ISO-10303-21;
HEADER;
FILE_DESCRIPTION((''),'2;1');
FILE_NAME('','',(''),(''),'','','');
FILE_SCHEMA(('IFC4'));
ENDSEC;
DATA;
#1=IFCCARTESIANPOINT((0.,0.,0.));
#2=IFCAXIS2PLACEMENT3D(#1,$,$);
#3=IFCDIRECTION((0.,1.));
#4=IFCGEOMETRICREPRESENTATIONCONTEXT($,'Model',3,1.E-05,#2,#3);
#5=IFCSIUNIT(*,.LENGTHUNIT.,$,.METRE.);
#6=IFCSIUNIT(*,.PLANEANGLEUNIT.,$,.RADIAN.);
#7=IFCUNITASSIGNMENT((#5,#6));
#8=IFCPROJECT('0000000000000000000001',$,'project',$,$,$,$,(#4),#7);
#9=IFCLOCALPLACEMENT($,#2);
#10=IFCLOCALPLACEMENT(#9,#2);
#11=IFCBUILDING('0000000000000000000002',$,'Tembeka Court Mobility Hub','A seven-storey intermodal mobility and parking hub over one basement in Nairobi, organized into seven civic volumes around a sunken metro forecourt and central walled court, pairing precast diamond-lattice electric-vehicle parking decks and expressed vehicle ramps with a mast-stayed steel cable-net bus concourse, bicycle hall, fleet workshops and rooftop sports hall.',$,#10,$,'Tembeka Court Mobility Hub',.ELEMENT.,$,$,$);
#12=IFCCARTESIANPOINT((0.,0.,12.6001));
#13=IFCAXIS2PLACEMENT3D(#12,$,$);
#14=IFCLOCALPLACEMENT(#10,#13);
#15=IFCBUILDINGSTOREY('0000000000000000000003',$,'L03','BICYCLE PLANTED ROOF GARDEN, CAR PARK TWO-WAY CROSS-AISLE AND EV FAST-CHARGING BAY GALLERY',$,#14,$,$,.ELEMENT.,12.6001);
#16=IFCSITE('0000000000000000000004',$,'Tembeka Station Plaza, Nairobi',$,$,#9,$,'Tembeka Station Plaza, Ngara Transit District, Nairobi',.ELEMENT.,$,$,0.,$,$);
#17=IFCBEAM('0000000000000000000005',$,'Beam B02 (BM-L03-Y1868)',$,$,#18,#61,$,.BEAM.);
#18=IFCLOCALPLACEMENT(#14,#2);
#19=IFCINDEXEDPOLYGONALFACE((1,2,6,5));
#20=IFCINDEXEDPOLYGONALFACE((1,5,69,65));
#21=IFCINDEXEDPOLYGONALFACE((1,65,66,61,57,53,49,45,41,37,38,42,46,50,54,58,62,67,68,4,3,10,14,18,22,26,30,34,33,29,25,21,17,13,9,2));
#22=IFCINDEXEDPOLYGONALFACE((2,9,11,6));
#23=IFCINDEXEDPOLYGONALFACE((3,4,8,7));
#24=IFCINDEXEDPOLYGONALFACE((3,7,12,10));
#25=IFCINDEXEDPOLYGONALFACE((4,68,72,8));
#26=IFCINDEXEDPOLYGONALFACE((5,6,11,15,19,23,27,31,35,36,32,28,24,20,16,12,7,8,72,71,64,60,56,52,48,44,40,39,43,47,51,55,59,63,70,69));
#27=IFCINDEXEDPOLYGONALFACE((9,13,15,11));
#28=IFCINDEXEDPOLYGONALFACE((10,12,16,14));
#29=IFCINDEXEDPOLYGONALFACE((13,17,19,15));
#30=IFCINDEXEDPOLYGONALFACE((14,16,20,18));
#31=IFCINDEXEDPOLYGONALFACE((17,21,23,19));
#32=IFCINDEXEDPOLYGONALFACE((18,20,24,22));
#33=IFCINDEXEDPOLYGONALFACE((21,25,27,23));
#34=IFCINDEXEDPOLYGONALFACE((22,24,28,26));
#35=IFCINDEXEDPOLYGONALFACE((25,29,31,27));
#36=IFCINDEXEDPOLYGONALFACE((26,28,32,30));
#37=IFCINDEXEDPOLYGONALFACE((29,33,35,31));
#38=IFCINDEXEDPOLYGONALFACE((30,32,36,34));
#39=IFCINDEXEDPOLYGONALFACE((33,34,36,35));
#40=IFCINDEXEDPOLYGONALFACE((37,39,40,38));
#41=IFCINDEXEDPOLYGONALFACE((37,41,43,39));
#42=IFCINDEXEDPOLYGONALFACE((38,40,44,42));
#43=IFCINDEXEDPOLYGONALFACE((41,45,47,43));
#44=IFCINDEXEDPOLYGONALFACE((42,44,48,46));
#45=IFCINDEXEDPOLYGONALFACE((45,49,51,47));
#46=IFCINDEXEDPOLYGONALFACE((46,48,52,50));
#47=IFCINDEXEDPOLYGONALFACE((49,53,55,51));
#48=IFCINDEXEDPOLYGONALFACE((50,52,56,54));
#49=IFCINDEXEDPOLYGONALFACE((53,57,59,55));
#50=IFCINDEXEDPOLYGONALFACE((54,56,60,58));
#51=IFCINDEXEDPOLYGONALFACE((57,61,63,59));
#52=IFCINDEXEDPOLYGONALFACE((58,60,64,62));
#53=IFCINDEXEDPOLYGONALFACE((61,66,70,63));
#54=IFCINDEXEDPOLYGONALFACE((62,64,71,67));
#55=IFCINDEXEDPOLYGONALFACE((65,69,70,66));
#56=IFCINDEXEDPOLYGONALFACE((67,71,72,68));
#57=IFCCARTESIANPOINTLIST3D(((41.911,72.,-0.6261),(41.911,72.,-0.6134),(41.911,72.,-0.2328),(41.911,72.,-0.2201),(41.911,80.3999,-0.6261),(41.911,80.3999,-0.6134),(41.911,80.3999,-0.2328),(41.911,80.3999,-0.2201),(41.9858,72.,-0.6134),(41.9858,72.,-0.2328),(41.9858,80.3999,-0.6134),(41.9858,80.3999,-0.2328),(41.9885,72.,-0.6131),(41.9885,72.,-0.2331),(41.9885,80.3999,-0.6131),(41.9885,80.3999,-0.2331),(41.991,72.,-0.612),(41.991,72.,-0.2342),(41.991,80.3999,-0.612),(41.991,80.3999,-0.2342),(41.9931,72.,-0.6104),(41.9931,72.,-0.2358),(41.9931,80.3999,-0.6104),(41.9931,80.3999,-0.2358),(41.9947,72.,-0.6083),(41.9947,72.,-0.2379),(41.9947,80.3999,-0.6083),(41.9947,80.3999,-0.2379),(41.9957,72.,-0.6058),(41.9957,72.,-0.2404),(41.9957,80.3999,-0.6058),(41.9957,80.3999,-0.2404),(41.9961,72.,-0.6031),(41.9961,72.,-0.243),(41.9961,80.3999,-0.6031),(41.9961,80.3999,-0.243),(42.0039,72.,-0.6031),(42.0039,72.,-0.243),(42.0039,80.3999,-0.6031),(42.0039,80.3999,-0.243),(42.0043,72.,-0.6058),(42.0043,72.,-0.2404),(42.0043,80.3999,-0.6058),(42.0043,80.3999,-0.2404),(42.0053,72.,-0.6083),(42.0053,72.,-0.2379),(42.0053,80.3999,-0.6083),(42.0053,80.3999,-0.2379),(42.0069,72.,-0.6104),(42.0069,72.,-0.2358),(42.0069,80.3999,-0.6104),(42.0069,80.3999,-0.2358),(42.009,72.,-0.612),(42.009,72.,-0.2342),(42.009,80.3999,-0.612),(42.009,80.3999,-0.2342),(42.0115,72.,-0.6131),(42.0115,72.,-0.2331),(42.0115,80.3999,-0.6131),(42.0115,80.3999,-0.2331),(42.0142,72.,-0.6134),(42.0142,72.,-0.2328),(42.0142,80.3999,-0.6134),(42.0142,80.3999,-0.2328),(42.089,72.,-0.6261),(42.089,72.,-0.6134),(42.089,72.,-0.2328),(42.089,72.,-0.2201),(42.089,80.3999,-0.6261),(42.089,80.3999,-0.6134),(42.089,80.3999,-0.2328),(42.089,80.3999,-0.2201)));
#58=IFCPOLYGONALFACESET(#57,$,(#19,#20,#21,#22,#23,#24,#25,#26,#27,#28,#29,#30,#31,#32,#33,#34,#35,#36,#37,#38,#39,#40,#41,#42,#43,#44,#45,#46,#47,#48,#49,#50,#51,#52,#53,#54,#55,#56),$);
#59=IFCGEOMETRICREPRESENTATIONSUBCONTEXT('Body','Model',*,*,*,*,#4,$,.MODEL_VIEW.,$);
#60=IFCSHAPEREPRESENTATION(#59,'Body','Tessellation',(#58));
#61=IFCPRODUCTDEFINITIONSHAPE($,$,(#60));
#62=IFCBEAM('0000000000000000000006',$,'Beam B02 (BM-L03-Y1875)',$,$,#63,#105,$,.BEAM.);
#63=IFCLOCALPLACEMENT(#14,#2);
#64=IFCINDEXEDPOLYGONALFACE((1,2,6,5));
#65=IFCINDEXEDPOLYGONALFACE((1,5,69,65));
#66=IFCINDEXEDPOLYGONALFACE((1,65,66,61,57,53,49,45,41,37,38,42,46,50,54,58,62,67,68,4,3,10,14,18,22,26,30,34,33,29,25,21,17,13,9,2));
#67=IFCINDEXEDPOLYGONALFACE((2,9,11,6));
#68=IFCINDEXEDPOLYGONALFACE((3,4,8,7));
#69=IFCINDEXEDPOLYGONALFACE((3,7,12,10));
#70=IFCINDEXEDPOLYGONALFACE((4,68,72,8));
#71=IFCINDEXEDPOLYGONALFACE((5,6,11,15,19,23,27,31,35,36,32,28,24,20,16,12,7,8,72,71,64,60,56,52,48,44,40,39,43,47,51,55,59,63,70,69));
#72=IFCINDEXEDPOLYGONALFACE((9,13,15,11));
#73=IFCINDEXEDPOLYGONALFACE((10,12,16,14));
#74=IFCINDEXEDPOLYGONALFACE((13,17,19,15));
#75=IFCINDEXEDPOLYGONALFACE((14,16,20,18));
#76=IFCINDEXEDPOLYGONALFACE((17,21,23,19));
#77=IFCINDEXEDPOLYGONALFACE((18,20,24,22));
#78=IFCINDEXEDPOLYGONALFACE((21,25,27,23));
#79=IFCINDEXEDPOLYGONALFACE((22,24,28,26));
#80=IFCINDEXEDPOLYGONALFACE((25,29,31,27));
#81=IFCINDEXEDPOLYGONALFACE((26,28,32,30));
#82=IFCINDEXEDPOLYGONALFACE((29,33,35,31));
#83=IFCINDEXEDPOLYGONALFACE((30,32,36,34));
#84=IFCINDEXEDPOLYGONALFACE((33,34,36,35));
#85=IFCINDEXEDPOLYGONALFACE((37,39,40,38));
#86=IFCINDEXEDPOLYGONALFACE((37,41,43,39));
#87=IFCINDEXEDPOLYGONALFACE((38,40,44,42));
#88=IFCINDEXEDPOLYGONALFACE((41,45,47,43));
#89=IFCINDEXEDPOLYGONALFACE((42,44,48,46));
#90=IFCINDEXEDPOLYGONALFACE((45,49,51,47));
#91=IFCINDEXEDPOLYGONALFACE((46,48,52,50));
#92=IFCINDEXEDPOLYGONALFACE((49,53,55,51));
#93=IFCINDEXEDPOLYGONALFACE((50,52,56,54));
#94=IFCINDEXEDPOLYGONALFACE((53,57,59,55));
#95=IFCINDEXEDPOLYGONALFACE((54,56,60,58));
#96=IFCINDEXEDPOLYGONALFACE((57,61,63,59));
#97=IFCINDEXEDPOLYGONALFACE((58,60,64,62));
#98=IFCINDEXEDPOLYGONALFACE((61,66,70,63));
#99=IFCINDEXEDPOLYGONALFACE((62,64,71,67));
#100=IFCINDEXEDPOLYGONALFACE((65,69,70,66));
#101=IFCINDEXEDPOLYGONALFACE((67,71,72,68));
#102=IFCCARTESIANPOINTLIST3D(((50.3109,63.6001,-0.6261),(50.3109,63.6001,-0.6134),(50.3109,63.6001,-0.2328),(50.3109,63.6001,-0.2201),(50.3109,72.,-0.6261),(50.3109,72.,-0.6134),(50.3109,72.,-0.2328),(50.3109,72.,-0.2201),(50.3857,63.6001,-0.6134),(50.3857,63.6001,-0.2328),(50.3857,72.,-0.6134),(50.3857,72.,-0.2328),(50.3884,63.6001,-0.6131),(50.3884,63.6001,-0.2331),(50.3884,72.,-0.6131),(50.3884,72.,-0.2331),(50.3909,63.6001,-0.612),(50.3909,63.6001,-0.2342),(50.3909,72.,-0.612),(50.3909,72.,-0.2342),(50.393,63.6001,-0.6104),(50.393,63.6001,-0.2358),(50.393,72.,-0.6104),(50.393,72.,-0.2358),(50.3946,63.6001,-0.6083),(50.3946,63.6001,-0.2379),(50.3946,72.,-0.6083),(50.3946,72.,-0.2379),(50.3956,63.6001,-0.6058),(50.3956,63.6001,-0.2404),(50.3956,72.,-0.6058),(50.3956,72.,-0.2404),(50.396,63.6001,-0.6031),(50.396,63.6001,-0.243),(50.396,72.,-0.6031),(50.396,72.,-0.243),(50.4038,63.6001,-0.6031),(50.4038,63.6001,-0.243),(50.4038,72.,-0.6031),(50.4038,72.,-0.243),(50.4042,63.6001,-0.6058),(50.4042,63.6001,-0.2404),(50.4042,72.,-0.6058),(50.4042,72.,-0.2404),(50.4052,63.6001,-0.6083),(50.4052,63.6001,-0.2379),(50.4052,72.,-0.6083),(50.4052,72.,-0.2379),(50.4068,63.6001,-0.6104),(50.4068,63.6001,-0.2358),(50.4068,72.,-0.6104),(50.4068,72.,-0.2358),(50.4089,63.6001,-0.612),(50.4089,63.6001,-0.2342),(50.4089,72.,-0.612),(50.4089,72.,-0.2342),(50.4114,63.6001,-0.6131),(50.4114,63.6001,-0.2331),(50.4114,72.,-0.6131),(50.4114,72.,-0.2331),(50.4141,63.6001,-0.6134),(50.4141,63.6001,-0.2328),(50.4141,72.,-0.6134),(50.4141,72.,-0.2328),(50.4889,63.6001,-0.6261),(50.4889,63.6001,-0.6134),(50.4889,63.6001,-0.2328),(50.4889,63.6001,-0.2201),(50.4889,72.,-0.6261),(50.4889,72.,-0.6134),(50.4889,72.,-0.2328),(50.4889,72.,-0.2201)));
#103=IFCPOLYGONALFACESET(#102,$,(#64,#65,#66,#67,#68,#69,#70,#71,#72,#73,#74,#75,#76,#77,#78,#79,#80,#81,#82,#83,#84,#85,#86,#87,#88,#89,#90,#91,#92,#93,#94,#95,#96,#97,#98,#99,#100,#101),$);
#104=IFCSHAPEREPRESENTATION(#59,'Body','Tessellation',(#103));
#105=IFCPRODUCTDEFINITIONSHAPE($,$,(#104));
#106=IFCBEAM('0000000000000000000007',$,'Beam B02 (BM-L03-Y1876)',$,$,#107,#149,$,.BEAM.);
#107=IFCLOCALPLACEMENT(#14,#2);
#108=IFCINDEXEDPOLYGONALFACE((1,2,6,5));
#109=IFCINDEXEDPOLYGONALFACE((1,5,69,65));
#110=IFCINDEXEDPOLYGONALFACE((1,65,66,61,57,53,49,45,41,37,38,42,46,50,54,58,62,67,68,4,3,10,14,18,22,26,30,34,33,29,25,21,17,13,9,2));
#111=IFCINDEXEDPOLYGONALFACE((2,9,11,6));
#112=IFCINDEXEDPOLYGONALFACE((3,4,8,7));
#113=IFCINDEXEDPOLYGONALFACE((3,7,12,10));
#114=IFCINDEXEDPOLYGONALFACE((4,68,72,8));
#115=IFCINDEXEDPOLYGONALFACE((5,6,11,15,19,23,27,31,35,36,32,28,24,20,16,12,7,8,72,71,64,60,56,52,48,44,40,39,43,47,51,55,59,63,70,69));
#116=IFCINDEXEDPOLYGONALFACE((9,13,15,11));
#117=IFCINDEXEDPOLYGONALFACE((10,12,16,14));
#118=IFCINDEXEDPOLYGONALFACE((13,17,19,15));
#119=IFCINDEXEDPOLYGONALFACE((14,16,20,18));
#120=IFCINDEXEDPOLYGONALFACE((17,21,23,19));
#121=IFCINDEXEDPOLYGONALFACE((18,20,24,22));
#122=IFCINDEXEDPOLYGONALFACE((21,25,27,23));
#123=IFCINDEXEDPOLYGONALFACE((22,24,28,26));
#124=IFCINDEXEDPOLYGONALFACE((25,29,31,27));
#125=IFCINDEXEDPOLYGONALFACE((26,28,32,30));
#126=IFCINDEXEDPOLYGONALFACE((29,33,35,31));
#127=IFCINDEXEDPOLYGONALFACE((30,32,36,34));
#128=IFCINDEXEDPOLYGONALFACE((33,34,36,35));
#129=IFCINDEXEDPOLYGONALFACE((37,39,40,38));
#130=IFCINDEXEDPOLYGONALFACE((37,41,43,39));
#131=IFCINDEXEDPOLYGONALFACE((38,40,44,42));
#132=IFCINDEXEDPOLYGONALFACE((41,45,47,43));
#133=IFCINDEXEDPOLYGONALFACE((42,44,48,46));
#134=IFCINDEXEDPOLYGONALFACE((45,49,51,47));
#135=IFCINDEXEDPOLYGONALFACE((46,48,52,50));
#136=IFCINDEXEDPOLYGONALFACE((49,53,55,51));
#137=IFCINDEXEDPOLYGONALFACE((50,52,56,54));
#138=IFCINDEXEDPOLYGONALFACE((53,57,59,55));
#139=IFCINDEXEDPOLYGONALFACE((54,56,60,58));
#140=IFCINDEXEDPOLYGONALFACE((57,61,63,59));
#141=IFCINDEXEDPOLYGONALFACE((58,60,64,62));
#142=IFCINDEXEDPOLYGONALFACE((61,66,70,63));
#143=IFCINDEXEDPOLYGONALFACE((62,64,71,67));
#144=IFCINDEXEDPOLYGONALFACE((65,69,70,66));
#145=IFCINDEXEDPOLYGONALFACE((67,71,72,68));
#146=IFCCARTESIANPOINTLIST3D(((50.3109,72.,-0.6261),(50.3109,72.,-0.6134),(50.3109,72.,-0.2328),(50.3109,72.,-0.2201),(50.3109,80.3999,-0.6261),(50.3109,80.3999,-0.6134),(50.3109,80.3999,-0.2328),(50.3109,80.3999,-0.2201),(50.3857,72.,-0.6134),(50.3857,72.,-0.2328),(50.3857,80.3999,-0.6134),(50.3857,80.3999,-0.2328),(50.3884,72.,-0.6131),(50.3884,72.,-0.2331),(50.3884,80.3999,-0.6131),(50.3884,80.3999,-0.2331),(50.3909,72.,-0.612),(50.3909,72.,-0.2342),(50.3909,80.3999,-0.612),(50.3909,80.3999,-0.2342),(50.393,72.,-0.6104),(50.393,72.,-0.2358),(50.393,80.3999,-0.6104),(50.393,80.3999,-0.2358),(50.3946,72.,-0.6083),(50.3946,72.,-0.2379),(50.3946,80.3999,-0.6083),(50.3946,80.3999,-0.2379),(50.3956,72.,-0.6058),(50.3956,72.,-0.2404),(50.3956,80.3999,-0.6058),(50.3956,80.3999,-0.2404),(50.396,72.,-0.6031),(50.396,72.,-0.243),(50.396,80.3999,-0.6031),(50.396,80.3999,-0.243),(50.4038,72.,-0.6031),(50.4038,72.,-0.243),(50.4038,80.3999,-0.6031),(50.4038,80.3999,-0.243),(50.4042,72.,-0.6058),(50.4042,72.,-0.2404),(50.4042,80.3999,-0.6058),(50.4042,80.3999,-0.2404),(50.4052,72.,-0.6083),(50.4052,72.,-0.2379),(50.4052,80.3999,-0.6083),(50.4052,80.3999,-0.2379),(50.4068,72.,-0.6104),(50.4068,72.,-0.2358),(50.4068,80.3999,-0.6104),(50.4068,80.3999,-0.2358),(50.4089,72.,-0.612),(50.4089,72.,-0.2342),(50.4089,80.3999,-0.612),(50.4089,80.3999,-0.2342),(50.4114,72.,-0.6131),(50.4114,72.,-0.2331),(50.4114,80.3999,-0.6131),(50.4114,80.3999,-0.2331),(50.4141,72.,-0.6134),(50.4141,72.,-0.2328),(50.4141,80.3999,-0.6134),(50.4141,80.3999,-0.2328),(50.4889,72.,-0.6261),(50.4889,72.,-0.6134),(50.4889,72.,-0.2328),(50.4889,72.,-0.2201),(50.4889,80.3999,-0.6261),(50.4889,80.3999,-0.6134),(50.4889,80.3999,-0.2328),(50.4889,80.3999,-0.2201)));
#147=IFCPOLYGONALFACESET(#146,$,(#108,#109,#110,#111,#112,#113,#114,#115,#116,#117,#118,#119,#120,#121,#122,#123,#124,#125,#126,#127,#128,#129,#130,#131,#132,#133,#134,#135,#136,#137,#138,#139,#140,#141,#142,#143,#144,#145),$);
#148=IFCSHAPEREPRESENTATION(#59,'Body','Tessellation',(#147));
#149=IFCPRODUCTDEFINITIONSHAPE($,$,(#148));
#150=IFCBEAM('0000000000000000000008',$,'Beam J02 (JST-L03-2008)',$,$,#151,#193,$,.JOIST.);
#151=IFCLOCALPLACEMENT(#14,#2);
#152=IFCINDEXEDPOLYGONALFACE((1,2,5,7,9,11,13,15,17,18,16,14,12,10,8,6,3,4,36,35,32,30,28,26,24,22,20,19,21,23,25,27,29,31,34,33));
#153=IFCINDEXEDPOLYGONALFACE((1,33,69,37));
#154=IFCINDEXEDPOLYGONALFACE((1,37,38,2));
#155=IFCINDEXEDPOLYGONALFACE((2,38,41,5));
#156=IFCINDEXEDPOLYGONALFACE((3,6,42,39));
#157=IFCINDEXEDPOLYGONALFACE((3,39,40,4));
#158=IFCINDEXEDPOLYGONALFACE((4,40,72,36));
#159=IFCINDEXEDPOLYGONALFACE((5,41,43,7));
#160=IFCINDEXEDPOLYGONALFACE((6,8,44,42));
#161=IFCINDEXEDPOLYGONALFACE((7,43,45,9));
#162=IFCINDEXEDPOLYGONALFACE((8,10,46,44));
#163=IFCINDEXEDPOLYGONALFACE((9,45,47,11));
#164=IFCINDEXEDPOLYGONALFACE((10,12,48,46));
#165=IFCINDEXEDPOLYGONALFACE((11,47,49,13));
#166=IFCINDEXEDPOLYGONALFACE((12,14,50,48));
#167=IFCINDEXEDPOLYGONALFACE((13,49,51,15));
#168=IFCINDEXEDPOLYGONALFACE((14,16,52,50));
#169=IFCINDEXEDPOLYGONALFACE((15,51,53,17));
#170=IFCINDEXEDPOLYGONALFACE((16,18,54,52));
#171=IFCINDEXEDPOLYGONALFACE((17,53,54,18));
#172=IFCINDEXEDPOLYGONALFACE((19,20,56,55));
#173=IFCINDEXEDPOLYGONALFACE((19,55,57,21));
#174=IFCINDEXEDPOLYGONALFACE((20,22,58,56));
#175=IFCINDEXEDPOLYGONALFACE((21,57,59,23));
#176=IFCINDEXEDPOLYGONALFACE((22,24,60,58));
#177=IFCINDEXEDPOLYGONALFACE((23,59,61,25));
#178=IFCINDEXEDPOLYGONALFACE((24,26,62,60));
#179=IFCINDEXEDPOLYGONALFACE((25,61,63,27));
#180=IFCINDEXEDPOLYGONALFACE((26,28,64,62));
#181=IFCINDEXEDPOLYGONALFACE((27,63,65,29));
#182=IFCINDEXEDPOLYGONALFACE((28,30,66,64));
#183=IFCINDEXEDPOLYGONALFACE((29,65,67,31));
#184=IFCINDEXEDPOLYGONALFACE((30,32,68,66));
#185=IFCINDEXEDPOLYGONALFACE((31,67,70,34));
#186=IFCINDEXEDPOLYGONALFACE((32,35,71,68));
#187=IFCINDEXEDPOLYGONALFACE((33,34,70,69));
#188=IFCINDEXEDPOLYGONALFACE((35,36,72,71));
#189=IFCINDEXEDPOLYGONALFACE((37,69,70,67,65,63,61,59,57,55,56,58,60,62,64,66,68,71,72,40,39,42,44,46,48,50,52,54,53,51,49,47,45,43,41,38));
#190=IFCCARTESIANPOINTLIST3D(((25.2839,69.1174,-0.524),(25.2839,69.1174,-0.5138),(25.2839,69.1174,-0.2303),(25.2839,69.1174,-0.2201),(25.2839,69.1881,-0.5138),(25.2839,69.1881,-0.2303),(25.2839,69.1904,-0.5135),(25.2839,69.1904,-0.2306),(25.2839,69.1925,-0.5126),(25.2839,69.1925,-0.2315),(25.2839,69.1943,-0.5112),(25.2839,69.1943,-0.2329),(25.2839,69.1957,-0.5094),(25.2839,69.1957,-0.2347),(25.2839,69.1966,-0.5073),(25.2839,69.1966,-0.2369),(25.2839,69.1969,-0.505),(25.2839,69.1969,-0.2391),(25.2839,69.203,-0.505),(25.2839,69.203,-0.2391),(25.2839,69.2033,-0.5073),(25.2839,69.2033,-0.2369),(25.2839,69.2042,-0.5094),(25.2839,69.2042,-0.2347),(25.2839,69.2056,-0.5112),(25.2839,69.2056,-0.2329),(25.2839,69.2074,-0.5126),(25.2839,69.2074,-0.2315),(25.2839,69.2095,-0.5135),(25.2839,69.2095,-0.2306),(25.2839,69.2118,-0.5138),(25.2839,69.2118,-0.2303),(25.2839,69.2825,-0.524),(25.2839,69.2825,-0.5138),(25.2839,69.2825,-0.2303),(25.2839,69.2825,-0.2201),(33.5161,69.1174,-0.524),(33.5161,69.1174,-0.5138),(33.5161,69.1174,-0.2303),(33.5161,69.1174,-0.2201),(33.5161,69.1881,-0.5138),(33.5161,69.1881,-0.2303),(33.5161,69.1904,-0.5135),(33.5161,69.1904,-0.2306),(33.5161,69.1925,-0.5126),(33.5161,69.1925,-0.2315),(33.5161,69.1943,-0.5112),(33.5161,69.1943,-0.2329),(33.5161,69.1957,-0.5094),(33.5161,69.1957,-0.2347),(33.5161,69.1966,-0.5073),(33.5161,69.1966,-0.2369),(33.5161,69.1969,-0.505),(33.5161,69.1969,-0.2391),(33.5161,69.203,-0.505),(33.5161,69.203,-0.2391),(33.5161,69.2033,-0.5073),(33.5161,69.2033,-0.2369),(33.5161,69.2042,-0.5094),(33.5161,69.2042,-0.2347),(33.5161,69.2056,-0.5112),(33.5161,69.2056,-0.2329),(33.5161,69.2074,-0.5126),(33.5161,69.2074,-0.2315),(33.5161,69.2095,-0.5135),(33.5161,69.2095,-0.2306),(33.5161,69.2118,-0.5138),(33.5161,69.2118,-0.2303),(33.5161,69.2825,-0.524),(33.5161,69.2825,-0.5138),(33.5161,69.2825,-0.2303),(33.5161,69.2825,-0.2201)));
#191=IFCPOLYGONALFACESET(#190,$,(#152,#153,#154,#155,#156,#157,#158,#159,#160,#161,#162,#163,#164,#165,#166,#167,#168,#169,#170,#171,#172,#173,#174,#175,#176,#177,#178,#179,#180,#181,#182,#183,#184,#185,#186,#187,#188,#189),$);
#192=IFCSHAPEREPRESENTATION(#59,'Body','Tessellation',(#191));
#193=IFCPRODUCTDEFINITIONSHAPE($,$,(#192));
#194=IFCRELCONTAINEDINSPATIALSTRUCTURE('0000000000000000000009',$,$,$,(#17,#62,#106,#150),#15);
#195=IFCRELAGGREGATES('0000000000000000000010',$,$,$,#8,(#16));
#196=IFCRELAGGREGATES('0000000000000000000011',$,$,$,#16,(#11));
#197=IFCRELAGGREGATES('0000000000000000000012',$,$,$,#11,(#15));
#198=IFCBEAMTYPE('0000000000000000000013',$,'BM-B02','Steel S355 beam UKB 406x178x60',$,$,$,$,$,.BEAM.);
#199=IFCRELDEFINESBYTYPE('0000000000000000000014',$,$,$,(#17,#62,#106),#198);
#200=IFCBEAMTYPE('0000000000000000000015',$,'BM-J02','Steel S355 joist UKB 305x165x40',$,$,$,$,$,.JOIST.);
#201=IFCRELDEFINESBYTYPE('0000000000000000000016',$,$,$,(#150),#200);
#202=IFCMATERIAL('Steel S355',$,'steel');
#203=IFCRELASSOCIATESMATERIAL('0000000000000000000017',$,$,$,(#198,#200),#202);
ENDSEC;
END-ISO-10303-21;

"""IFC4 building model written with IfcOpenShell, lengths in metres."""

from ifc_helpers import new_model, si_unit, direction, frame, origin, origin_2d, place, context, subcontext, project, spatial, i_section, extrude, material, material_profile, profile_set, type_object, element, save


model = new_model("IFC4")

# Units and contexts
model_context = context("Model", 3, precision=1e-05, world=origin(), true_north=direction((0.0, 1.0)))
body_context = subcontext(model_context, "Body", "Model", "MODEL_VIEW")
ifc_project = project(units=[si_unit("LENGTHUNIT", "METRE"), si_unit("PLANEANGLEUNIT", "RADIAN")], contexts=[model_context])

# Site, building, storey
site_placement = place(None, origin())
site = spatial("IfcSite", under=ifc_project, at=site_placement, Name="Tembeka Station Plaza, Nairobi", LongName="Tembeka Station Plaza, Ngara Transit District, Nairobi", CompositionType="ELEMENT", RefElevation=0.0)
building_placement = place(site_placement, origin())
building = spatial("IfcBuilding", under=site, at=building_placement, Name="Tembeka Court Mobility Hub", Description="A seven-storey intermodal mobility and parking hub over one basement in Nairobi, organized into seven civic volumes around a sunken metro forecourt and central walled court, pairing precast diamond-lattice electric-vehicle parking decks and expressed vehicle ramps with a mast-stayed steel cable-net bus concourse, bicycle hall, fleet workshops and rooftop sports hall.", LongName="Tembeka Court Mobility Hub", CompositionType="ELEMENT")
storey_placement = place(building_placement, frame((0.0, 0.0, 12.6001)))
storey = spatial("IfcBuildingStorey", under=building, at=storey_placement, Name="L03", Description="BICYCLE PLANTED ROOF GARDEN, CAR PARK TWO-WAY CROSS-AISLE AND EV FAST-CHARGING BAY GALLERY", CompositionType="ELEMENT", Elevation=12.6001)

# Shared definitions
ifc_material = material(Name="Steel S355", Category="steel")

# Beams
ifc_material_profile_1 = material_profile(ifc_material, i_section(OverallWidth=0.178, OverallDepth=0.406, WebThickness=0.0078, FlangeThickness=0.0127, FilletRadius=0.0103, at=origin_2d()), Name="UKB 406x178x60")
ifc_profile_set_1 = profile_set([ifc_material_profile_1], Name="Steel S355")
beam_type_1 = type_object("IfcBeamType", Name="BM-B02", Description="Steel S355 beam UKB 406x178x60", PredefinedType="BEAM", material=ifc_profile_set_1)
for number, where, z_axis, x_axis, name in (
    (1, (42.0, 72.0, -0.4231), (0.0, 1.0, 0.0), (-1.0, 0.0, 0.0), "Beam B02 (BM-L03-Y1868)"),
    (2, (50.3999, 63.6001, -0.4231), (0.0, 1.0, 0.0), (-1.0, 0.0, 0.0), "Beam B02 (BM-L03-Y1875)"),
    (3, (50.3999, 72.0, -0.4231), (0.0, 1.0, 0.0), (-1.0, 0.0, 0.0), "Beam B02 (BM-L03-Y1876)"),
):
    element("IfcBeam", number, at=place(storey_placement, frame(where, z_axis=z_axis, x_axis=x_axis)), inside=storey, type_object=beam_type_1, Name=name, PredefinedType="BEAM", context=body_context, shape_type="SweptSolid", body=[
        extrude(i_section(OverallWidth=0.178, OverallDepth=0.406, WebThickness=0.0078, FlangeThickness=0.0127, FilletRadius=0.0103, at=origin_2d()), origin(), (0.0, 0.0, 1.0), 8.3999),
    ])
ifc_material_profile_2 = material_profile(ifc_material, i_section(OverallWidth=0.165, OverallDepth=0.304, WebThickness=0.0061, FlangeThickness=0.0103, FilletRadius=0.0088, at=origin_2d()), Name="UKB 305x165x40")
ifc_profile_set_2 = profile_set([ifc_material_profile_2], Name="Steel S355")
beam_type_2 = type_object("IfcBeamType", Name="BM-J02", Description="Steel S355 joist UKB 305x165x40", PredefinedType="JOIST", material=ifc_profile_set_2)
beam_1_placement = place(storey_placement, frame((25.2839, 69.2, -0.3721), z_axis=(1.0, 0.0, 0.0), x_axis=(0.0, 1.0, 0.0)))
element("IfcBeam", 4, at=beam_1_placement, inside=storey, type_object=beam_type_2, Name="Beam J02 (JST-L03-2008)", PredefinedType="JOIST", context=body_context, shape_type="SweptSolid", body=[
    extrude(i_section(OverallWidth=0.165, OverallDepth=0.304, WebThickness=0.0061, FlangeThickness=0.0103, FilletRadius=0.0088, at=origin_2d()), origin(), (0.0, 0.0, 1.0), 8.2322),
])

save(model, "model.ifc")
